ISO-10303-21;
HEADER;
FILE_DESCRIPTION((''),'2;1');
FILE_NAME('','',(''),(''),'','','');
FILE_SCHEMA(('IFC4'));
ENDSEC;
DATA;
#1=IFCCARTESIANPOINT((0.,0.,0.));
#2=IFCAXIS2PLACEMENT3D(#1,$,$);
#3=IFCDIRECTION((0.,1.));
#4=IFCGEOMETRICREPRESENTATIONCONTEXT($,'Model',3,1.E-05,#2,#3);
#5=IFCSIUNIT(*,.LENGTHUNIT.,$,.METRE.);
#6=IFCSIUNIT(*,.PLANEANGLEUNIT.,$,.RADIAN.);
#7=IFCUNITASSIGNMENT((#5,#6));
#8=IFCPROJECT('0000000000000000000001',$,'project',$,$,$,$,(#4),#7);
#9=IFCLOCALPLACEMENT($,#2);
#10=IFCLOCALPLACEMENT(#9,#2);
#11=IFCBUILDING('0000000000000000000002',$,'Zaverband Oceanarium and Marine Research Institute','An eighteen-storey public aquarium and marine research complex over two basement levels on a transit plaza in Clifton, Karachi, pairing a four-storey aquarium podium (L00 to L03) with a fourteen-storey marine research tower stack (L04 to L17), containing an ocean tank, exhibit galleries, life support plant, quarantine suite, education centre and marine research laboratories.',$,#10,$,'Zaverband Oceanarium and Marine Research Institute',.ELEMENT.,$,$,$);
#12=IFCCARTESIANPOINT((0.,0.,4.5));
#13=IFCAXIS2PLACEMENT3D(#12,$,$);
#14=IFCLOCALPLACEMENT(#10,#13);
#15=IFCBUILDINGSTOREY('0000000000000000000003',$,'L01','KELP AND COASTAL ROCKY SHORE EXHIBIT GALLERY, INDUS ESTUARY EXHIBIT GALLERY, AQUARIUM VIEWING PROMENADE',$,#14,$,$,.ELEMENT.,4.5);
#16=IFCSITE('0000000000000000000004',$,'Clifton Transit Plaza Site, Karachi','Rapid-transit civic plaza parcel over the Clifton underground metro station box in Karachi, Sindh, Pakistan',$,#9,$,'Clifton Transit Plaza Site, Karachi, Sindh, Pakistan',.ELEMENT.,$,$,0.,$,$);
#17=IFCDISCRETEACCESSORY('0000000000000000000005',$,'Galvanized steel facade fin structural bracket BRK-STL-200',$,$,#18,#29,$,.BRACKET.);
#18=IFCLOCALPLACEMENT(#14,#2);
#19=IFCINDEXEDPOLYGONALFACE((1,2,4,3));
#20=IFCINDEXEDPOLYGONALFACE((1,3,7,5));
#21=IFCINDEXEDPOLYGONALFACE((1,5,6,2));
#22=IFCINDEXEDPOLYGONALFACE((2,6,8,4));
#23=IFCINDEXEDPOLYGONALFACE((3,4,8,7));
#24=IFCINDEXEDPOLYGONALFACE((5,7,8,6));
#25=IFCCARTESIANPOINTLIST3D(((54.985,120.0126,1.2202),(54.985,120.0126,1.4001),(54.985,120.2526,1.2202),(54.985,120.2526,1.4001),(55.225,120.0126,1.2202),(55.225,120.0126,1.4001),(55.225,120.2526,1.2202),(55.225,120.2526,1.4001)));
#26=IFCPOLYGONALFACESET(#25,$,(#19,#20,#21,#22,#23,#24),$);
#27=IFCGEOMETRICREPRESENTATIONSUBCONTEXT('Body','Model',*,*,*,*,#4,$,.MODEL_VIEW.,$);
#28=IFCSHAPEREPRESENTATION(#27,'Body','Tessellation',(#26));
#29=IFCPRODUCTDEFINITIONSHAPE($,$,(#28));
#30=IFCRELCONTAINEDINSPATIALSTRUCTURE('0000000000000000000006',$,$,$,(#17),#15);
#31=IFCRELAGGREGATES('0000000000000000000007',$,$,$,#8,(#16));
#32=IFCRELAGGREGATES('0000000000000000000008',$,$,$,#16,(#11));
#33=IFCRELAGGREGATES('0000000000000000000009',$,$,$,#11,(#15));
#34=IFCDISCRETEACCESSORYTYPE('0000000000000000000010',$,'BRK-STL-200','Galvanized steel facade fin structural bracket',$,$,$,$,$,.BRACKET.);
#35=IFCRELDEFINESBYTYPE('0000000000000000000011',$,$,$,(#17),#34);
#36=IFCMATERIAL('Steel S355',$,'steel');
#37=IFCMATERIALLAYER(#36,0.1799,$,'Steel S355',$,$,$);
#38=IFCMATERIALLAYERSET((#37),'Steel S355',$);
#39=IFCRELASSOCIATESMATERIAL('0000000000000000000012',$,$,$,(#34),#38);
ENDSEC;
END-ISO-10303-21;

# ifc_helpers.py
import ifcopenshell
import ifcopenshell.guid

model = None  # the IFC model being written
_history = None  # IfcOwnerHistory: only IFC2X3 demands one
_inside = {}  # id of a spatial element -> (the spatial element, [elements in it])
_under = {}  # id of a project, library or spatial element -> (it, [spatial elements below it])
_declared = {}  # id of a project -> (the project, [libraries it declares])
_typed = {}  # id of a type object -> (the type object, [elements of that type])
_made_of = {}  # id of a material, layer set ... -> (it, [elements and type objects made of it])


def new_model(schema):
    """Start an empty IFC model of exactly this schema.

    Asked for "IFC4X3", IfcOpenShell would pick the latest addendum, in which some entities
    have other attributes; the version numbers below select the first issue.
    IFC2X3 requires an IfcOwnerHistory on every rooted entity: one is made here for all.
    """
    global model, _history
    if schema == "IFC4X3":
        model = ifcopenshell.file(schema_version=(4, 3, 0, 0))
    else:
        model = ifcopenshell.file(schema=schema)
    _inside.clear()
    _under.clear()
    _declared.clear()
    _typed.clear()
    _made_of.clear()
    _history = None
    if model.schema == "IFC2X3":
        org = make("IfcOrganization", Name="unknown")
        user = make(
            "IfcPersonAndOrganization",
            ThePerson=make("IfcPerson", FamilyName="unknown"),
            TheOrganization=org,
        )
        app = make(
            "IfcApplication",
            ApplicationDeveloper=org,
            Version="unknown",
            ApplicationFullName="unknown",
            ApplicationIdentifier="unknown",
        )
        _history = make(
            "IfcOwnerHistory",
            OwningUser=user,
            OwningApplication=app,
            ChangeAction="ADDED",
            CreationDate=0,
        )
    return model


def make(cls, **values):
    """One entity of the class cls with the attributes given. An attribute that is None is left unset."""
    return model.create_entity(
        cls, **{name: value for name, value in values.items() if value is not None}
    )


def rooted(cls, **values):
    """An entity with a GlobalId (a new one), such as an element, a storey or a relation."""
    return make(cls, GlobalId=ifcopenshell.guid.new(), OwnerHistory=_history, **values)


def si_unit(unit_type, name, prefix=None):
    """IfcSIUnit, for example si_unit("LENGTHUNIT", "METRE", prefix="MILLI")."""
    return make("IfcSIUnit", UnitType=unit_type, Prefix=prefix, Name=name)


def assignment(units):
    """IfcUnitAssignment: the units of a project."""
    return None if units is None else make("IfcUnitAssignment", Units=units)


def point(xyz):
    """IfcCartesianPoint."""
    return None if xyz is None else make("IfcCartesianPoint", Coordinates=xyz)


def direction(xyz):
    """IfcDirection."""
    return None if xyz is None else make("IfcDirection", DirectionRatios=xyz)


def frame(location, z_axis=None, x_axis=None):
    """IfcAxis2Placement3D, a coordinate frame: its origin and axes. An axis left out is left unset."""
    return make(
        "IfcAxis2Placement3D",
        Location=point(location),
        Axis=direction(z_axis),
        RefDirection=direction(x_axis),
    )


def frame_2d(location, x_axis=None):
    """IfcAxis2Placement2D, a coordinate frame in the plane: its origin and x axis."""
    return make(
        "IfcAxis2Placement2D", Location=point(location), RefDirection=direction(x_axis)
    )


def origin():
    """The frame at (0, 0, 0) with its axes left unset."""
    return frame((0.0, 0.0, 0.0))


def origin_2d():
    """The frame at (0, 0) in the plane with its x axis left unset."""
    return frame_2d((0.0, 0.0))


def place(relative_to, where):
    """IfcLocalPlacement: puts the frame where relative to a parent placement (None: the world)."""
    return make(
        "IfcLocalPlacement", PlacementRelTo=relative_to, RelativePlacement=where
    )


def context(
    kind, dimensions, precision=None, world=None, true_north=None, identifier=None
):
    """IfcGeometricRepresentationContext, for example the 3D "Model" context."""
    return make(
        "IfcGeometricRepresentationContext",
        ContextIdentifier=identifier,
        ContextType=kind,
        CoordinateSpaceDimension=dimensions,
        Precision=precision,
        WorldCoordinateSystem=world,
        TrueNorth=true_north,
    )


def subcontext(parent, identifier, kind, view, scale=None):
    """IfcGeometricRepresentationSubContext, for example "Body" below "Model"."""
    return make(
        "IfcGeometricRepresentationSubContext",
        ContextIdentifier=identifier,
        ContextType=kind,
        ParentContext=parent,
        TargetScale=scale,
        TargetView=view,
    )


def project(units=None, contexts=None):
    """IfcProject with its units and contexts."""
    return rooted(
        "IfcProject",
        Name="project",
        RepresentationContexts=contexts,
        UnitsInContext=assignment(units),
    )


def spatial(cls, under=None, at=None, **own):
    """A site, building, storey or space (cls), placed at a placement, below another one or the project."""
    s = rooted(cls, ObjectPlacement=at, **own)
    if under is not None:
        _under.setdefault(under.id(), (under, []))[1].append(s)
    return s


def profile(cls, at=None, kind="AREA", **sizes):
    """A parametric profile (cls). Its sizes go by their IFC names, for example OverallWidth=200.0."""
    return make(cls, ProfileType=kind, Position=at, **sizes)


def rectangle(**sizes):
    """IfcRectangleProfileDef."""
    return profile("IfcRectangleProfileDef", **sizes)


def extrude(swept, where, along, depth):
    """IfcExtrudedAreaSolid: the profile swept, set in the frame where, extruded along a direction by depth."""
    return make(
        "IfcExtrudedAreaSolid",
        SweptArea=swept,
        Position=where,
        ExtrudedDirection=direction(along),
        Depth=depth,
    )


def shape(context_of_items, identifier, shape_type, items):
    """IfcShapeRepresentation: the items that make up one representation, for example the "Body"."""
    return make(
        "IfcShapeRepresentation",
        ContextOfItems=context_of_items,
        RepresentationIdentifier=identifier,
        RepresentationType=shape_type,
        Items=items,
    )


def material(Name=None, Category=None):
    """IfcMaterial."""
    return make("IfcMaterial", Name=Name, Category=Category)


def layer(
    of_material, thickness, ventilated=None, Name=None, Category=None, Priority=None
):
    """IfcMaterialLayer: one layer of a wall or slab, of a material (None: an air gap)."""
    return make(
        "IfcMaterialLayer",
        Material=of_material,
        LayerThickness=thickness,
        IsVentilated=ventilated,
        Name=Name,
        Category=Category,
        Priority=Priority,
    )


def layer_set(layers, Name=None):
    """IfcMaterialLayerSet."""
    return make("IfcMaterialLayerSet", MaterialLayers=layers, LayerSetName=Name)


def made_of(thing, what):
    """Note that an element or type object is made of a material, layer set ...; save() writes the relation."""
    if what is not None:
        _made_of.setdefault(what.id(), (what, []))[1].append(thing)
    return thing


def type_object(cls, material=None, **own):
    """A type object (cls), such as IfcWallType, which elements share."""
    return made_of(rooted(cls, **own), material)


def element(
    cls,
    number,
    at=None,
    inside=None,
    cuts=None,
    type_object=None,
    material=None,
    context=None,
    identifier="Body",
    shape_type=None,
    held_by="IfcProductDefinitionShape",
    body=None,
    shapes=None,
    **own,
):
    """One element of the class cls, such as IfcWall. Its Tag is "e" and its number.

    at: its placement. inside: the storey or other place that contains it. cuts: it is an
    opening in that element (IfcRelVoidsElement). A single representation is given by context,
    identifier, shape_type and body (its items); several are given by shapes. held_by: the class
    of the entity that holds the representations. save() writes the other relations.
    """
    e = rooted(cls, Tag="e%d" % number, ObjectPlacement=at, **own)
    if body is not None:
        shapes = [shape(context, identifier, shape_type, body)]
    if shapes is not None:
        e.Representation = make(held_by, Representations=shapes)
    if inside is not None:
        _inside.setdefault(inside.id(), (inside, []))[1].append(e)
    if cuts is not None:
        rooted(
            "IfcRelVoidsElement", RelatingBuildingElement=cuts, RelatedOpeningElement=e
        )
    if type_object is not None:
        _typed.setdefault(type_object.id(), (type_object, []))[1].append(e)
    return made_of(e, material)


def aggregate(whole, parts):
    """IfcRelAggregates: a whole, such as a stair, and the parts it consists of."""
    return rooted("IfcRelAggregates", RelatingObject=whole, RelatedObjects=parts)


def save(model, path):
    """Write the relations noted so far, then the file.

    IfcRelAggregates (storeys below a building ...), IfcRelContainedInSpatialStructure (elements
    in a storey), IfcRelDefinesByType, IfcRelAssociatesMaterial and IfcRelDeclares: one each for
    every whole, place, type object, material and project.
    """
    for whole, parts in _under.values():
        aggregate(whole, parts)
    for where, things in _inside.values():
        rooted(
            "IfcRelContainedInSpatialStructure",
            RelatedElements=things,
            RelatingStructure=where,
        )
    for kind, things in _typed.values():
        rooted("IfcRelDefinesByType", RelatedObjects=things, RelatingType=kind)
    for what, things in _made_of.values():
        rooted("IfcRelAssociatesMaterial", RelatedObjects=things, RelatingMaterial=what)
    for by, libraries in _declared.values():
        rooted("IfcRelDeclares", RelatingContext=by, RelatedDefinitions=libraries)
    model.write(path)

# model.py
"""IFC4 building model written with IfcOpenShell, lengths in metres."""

from ifc_helpers import new_model, si_unit, direction, frame, origin, origin_2d, place, context, subcontext, project, spatial, rectangle, extrude, material, layer, layer_set, type_object, element, save


model = new_model("IFC4")

# Units and contexts
model_context = context("Model", 3, precision=1e-05, world=origin(), true_north=direction((0.0, 1.0)))
body_context = subcontext(model_context, "Body", "Model", "MODEL_VIEW")
ifc_project = project(units=[si_unit("LENGTHUNIT", "METRE"), si_unit("PLANEANGLEUNIT", "RADIAN")], contexts=[model_context])

# Site, building, storey
site_placement = place(None, origin())
site = spatial("IfcSite", under=ifc_project, at=site_placement, Name="Clifton Transit Plaza Site, Karachi", Description="Rapid-transit civic plaza parcel over the Clifton underground metro station box in Karachi, Sindh, Pakistan", LongName="Clifton Transit Plaza Site, Karachi, Sindh, Pakistan", CompositionType="ELEMENT", RefElevation=0.0)
building_placement = place(site_placement, origin())
building = spatial("IfcBuilding", under=site, at=building_placement, Name="Zaverband Oceanarium and Marine Research Institute", Description="An eighteen-storey public aquarium and marine research complex over two basement levels on a transit plaza in Clifton, Karachi, pairing a four-storey aquarium podium (L00 to L03) with a fourteen-storey marine research tower stack (L04 to L17), containing an ocean tank, exhibit galleries, life support plant, quarantine suite, education centre and marine research laboratories.", LongName="Zaverband Oceanarium and Marine Research Institute", CompositionType="ELEMENT")
storey_placement = place(building_placement, frame((0.0, 0.0, 4.5)))
storey = spatial("IfcBuildingStorey", under=building, at=storey_placement, Name="L01", Description="KELP AND COASTAL ROCKY SHORE EXHIBIT GALLERY, INDUS ESTUARY EXHIBIT GALLERY, AQUARIUM VIEWING PROMENADE", CompositionType="ELEMENT", Elevation=4.5)

# Discrete accessory
ifc_material_1 = material(Name="Steel S355", Category="steel")
ifc_layer_1 = layer(ifc_material_1, 0.1799, Name="Steel S355")
ifc_layer_set_1 = layer_set([ifc_layer_1], Name="Steel S355")
discrete_accessory_type = type_object("IfcDiscreteAccessoryType", Name="BRK-STL-200", Description="Galvanized steel facade fin structural bracket", PredefinedType="BRACKET", material=ifc_layer_set_1)
discrete_accessory_placement = place(storey_placement, frame((55.105, 120.1326, 1.2202), z_axis=(0.0, 0.0, 1.0), x_axis=(1.0, 0.0, 0.0)))
element("IfcDiscreteAccessory", 1, at=discrete_accessory_placement, inside=storey, type_object=discrete_accessory_type, Name="Galvanized steel facade fin structural bracket BRK-STL-200", PredefinedType="BRACKET", context=body_context, shape_type="SweptSolid", body=[
    extrude(rectangle(XDim=0.24, YDim=0.24, at=origin_2d()), origin(), (0.0, 0.0, 1.0), 0.1799),
])

save(model, "model.ifc")
